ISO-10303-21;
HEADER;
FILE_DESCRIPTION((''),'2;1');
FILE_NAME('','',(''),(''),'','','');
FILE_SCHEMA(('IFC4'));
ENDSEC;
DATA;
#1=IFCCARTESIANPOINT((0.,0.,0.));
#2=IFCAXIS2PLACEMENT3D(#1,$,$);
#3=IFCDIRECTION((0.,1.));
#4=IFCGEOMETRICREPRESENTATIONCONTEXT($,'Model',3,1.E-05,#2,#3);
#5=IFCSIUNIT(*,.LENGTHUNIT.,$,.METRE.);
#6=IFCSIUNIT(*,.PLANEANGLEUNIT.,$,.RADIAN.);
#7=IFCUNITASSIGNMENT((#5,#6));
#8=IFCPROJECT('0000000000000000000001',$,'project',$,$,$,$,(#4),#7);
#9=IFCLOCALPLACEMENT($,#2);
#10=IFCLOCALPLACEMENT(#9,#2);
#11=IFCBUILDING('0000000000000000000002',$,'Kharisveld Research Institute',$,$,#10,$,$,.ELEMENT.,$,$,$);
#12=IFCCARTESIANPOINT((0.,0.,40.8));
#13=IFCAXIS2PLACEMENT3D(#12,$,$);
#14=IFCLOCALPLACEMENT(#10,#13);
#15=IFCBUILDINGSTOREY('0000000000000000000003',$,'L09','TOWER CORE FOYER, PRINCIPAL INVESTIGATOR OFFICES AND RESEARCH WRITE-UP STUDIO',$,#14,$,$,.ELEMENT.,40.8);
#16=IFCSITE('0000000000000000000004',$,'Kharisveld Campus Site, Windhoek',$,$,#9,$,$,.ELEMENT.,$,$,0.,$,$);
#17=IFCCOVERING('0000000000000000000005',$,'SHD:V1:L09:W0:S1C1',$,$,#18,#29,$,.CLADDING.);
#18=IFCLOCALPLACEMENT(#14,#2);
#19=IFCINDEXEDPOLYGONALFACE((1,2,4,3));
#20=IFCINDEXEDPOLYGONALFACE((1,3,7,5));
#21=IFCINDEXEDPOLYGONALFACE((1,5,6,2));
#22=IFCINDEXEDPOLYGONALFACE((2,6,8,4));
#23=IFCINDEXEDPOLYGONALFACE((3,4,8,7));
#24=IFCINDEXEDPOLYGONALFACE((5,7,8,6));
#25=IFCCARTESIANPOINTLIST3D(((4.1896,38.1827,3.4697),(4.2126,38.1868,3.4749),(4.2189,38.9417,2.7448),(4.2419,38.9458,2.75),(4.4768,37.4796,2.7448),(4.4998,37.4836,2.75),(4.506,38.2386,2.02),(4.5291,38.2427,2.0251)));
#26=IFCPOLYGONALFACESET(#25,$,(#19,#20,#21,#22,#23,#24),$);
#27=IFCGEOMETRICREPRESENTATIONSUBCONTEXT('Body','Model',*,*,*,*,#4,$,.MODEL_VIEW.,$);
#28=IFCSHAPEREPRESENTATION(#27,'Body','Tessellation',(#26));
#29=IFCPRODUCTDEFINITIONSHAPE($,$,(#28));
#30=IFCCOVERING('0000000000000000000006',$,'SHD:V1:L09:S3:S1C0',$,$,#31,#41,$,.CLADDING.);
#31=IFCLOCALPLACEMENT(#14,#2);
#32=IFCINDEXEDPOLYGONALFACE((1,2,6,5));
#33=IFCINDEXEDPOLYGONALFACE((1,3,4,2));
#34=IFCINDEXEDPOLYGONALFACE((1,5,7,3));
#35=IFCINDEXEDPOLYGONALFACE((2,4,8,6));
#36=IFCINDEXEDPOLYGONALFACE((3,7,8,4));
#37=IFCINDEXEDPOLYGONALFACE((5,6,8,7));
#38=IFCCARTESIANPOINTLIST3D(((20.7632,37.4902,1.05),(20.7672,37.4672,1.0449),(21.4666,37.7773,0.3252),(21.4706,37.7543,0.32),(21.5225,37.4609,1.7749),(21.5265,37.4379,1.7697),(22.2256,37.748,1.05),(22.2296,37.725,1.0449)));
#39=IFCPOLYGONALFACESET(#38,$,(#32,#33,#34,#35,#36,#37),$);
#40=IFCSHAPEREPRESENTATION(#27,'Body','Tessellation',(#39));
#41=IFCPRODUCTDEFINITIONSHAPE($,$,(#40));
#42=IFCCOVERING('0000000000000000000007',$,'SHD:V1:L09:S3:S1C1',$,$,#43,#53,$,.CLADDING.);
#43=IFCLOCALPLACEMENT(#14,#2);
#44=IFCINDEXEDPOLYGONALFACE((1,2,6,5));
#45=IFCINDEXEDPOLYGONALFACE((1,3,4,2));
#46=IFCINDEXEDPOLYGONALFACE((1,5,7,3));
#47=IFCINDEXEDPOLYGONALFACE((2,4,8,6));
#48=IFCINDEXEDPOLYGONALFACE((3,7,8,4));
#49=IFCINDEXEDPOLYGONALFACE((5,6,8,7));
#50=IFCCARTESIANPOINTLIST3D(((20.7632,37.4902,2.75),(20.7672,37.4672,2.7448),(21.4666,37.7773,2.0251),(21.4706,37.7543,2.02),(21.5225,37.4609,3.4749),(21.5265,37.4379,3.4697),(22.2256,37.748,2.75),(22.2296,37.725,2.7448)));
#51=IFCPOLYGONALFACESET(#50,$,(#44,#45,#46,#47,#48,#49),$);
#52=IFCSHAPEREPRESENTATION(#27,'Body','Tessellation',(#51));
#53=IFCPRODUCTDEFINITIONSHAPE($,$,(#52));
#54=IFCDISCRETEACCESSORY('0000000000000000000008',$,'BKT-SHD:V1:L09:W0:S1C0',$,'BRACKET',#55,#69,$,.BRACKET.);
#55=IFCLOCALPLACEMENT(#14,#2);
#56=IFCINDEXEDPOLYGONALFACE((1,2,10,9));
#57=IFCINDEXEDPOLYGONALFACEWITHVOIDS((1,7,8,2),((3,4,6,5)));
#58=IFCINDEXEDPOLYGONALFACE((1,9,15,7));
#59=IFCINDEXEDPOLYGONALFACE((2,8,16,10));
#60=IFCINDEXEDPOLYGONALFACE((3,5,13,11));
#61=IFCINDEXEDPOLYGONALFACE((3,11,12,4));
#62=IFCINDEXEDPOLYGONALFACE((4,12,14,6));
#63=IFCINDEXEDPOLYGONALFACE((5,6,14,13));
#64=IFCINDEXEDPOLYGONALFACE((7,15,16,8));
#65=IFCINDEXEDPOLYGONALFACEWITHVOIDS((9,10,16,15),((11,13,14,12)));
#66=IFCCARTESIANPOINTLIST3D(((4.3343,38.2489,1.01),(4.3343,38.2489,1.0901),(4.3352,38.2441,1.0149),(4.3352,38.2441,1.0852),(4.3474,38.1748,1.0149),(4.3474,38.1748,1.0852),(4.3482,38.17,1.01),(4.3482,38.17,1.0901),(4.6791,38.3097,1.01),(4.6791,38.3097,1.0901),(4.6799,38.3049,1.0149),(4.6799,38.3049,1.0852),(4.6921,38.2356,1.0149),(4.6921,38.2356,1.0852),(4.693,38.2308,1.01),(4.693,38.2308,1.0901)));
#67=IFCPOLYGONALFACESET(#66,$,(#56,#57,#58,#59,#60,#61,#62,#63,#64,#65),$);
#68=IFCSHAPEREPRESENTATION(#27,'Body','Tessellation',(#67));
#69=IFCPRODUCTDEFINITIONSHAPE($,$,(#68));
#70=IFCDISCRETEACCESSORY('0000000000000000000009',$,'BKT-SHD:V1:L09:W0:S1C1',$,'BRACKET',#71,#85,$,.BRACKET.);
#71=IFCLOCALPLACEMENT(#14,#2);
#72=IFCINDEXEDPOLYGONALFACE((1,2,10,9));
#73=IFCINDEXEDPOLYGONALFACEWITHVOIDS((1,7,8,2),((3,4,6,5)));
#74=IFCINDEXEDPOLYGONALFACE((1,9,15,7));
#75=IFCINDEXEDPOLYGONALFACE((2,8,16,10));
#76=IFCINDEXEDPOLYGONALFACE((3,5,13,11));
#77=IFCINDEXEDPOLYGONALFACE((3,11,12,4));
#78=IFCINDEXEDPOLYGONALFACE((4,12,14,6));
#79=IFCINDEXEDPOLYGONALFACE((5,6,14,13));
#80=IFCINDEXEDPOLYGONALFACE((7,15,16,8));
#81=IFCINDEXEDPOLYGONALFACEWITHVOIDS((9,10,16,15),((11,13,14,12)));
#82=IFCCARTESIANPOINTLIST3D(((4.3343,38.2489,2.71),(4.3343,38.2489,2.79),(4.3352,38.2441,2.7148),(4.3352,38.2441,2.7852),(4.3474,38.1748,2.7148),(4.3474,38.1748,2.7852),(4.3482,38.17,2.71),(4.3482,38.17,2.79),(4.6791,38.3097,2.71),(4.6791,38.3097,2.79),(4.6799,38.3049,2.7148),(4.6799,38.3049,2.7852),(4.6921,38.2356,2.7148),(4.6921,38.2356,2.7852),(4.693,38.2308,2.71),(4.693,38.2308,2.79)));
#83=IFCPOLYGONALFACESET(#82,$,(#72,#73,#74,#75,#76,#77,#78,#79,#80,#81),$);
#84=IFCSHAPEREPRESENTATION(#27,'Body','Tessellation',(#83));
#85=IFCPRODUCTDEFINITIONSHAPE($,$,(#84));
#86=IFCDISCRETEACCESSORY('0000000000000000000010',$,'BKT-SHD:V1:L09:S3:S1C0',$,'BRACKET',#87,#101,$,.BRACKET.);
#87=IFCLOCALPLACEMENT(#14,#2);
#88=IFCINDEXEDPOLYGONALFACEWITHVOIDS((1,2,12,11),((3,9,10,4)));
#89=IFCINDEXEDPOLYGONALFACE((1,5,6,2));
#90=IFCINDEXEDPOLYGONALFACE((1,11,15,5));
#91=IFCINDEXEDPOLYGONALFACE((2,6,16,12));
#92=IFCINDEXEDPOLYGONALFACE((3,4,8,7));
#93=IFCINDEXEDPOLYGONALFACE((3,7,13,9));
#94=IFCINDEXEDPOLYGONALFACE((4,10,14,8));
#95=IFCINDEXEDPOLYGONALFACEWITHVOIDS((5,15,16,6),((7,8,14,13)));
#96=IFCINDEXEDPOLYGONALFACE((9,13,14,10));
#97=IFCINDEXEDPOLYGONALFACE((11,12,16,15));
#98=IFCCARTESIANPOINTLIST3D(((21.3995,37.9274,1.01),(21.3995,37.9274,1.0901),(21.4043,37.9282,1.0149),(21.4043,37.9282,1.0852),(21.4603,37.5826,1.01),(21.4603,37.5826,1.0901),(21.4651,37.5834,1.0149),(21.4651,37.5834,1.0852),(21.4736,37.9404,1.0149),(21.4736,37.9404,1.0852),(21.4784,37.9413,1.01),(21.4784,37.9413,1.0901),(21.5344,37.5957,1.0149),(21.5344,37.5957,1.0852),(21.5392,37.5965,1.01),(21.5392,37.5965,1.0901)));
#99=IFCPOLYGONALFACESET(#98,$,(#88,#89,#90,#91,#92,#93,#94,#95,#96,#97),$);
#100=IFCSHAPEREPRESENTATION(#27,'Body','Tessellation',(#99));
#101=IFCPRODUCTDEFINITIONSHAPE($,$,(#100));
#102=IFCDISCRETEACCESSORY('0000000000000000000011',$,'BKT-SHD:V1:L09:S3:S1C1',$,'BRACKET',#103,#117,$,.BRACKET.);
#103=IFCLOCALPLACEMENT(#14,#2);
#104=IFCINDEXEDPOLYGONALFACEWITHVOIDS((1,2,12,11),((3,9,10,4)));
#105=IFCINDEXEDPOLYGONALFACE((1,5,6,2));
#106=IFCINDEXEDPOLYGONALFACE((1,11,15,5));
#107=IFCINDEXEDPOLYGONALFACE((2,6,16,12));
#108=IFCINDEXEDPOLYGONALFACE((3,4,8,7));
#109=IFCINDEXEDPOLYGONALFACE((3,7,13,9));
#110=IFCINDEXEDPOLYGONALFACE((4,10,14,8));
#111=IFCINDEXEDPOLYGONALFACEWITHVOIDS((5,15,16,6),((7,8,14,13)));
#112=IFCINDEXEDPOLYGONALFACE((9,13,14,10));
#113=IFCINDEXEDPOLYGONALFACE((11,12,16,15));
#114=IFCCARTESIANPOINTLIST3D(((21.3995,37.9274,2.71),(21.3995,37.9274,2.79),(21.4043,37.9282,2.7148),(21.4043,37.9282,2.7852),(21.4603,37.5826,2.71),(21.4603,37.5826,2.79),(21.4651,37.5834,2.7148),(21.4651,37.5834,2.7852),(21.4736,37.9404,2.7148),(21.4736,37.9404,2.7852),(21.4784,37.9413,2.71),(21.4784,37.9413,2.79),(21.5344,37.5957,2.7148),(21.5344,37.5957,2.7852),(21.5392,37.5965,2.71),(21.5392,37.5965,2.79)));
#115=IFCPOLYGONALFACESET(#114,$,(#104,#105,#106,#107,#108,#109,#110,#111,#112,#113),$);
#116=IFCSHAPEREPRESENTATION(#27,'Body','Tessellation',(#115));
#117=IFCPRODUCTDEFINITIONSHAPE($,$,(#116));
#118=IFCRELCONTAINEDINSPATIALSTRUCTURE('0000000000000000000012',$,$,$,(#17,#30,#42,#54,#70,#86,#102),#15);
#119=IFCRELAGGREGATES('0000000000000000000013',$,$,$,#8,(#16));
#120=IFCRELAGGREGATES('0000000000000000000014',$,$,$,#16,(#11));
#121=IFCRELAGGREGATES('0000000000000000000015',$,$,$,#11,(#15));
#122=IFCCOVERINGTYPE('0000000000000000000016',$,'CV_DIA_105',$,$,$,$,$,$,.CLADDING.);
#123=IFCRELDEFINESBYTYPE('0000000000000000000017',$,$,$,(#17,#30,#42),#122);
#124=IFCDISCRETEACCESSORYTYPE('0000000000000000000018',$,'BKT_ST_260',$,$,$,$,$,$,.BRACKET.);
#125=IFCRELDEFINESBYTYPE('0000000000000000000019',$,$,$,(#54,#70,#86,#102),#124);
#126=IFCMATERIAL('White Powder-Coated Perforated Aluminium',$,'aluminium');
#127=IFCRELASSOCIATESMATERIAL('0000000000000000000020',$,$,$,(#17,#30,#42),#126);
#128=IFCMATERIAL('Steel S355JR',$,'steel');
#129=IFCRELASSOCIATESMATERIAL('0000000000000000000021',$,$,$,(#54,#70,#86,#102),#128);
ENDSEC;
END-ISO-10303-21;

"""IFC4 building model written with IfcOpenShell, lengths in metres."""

from ifc_helpers import new_model, si_unit, direction, frame, origin, origin_2d, place, context, subcontext, project, spatial, polyline, hollow_rectangle, outline, extrude, material, type_object, element, save


model = new_model("IFC4")

# Units and contexts
model_context = context("Model", 3, precision=1e-05, world=origin(), true_north=direction((0.0, 1.0)))
body_context = subcontext(model_context, "Body", "Model", "MODEL_VIEW")
ifc_project = project(units=[si_unit("LENGTHUNIT", "METRE"), si_unit("PLANEANGLEUNIT", "RADIAN")], contexts=[model_context])

# Site, building, storey
site_placement = place(None, origin())
site = spatial("IfcSite", under=ifc_project, at=site_placement, Name="Kharisveld Campus Site, Windhoek", CompositionType="ELEMENT", RefElevation=0.0)
building_placement = place(site_placement, origin())
building = spatial("IfcBuilding", under=site, at=building_placement, Name="Kharisveld Research Institute", CompositionType="ELEMENT")
storey_placement = place(building_placement, frame((0.0, 0.0, 40.8)))
storey = spatial("IfcBuildingStorey", under=building, at=storey_placement, Name="L09", Description="TOWER CORE FOYER, PRINCIPAL INVESTIGATOR OFFICES AND RESEARCH WRITE-UP STUDIO", CompositionType="ELEMENT", Elevation=40.8)

# Coverings
ifc_material_1 = material(Name="White Powder-Coated Perforated Aluminium", Category="aluminium")
covering_type = type_object("IfcCoveringType", Name="CV_DIA_105", PredefinedType="CLADDING")
for number, where, z_axis, x_axis, name in (
    (1, (4.5291, 38.2427, 2.0251), (0.961476, 0.169531, 0.216385), (-0.273471, 0.669725, 0.690421), "SHD:V1:L09:W0:S1C1"),
):
    element("IfcCovering", number, at=place(storey_placement, frame(where, z_axis=z_axis, x_axis=x_axis)), inside=storey, type_object=covering_type, material=ifc_material_1, Name=name, PredefinedType="CLADDING", context=body_context, shape_type="SweptSolid", body=[
        extrude(outline(polyline([(0.0, 0.0), (1.0499, 0.0), (1.05, 1.05), (0.0001, 1.05), (0.0, 0.0)])), origin(), (0.0, 0.0, -1.0), 0.0239),
    ])
for number, where, z_axis, x_axis, name in (
    (2, (21.4666, 37.7773, 0.3252), (-0.169503, 0.961481, 0.216385), (-0.66985, -0.273447, 0.69031), "SHD:V1:L09:S3:S1C0"),
    (3, (21.4666, 37.7773, 2.0251), (-0.169503, 0.961481, 0.216385), (-0.66985, -0.273447, 0.69031), "SHD:V1:L09:S3:S1C1"),
):
    element("IfcCovering", number, at=place(storey_placement, frame(where, z_axis=z_axis, x_axis=x_axis)), inside=storey, type_object=covering_type, material=ifc_material_1, Name=name, PredefinedType="CLADDING", context=body_context, shape_type="SweptSolid", body=[
        extrude(outline(polyline([(0.0, 0.0), (1.05, 0.0), (1.0498, 1.0501), (-0.0001, 1.05), (0.0, 0.0)])), origin(), (0.0, 0.0, -1.0), 0.0239),
    ])

# Discrete accessories
ifc_material_2 = material(Name="Steel S355JR", Category="steel")
discrete_accessory_type = type_object("IfcDiscreteAccessoryType", Name="BKT_ST_260", PredefinedType="BRACKET")
for number, where, z_axis, x_axis, name in (
    (4, (4.686, 38.2703, 1.05), (-0.984805, -0.173666, 0.0), (0.173666, -0.984805, 0.0), "BKT-SHD:V1:L09:W0:S1C0"),
    (5, (4.686, 38.2703, 2.75), (-0.984805, -0.173666, 0.0), (0.173666, -0.984805, 0.0), "BKT-SHD:V1:L09:W0:S1C1"),
    (6, (21.439, 37.9343, 1.05), (0.173666, -0.984805, 0.0), (0.984805, 0.173666, 0.0), "BKT-SHD:V1:L09:S3:S1C0"),
    (7, (21.439, 37.9343, 2.75), (0.173666, -0.984805, 0.0), (0.984805, 0.173666, 0.0), "BKT-SHD:V1:L09:S3:S1C1"),
):
    element("IfcDiscreteAccessory", number, at=place(storey_placement, frame(where, z_axis=z_axis, x_axis=x_axis)), inside=storey, type_object=discrete_accessory_type, material=ifc_material_2, Name=name, ObjectType="BRACKET", PredefinedType="BRACKET", context=body_context, shape_type="SweptSolid", body=[
        extrude(hollow_rectangle(XDim=0.0801, YDim=0.0801, WallThickness=0.0049, at=origin_2d()), origin(), (0.0, 0.0, 1.0), 0.3501),
    ])

save(model, "model.ifc")
